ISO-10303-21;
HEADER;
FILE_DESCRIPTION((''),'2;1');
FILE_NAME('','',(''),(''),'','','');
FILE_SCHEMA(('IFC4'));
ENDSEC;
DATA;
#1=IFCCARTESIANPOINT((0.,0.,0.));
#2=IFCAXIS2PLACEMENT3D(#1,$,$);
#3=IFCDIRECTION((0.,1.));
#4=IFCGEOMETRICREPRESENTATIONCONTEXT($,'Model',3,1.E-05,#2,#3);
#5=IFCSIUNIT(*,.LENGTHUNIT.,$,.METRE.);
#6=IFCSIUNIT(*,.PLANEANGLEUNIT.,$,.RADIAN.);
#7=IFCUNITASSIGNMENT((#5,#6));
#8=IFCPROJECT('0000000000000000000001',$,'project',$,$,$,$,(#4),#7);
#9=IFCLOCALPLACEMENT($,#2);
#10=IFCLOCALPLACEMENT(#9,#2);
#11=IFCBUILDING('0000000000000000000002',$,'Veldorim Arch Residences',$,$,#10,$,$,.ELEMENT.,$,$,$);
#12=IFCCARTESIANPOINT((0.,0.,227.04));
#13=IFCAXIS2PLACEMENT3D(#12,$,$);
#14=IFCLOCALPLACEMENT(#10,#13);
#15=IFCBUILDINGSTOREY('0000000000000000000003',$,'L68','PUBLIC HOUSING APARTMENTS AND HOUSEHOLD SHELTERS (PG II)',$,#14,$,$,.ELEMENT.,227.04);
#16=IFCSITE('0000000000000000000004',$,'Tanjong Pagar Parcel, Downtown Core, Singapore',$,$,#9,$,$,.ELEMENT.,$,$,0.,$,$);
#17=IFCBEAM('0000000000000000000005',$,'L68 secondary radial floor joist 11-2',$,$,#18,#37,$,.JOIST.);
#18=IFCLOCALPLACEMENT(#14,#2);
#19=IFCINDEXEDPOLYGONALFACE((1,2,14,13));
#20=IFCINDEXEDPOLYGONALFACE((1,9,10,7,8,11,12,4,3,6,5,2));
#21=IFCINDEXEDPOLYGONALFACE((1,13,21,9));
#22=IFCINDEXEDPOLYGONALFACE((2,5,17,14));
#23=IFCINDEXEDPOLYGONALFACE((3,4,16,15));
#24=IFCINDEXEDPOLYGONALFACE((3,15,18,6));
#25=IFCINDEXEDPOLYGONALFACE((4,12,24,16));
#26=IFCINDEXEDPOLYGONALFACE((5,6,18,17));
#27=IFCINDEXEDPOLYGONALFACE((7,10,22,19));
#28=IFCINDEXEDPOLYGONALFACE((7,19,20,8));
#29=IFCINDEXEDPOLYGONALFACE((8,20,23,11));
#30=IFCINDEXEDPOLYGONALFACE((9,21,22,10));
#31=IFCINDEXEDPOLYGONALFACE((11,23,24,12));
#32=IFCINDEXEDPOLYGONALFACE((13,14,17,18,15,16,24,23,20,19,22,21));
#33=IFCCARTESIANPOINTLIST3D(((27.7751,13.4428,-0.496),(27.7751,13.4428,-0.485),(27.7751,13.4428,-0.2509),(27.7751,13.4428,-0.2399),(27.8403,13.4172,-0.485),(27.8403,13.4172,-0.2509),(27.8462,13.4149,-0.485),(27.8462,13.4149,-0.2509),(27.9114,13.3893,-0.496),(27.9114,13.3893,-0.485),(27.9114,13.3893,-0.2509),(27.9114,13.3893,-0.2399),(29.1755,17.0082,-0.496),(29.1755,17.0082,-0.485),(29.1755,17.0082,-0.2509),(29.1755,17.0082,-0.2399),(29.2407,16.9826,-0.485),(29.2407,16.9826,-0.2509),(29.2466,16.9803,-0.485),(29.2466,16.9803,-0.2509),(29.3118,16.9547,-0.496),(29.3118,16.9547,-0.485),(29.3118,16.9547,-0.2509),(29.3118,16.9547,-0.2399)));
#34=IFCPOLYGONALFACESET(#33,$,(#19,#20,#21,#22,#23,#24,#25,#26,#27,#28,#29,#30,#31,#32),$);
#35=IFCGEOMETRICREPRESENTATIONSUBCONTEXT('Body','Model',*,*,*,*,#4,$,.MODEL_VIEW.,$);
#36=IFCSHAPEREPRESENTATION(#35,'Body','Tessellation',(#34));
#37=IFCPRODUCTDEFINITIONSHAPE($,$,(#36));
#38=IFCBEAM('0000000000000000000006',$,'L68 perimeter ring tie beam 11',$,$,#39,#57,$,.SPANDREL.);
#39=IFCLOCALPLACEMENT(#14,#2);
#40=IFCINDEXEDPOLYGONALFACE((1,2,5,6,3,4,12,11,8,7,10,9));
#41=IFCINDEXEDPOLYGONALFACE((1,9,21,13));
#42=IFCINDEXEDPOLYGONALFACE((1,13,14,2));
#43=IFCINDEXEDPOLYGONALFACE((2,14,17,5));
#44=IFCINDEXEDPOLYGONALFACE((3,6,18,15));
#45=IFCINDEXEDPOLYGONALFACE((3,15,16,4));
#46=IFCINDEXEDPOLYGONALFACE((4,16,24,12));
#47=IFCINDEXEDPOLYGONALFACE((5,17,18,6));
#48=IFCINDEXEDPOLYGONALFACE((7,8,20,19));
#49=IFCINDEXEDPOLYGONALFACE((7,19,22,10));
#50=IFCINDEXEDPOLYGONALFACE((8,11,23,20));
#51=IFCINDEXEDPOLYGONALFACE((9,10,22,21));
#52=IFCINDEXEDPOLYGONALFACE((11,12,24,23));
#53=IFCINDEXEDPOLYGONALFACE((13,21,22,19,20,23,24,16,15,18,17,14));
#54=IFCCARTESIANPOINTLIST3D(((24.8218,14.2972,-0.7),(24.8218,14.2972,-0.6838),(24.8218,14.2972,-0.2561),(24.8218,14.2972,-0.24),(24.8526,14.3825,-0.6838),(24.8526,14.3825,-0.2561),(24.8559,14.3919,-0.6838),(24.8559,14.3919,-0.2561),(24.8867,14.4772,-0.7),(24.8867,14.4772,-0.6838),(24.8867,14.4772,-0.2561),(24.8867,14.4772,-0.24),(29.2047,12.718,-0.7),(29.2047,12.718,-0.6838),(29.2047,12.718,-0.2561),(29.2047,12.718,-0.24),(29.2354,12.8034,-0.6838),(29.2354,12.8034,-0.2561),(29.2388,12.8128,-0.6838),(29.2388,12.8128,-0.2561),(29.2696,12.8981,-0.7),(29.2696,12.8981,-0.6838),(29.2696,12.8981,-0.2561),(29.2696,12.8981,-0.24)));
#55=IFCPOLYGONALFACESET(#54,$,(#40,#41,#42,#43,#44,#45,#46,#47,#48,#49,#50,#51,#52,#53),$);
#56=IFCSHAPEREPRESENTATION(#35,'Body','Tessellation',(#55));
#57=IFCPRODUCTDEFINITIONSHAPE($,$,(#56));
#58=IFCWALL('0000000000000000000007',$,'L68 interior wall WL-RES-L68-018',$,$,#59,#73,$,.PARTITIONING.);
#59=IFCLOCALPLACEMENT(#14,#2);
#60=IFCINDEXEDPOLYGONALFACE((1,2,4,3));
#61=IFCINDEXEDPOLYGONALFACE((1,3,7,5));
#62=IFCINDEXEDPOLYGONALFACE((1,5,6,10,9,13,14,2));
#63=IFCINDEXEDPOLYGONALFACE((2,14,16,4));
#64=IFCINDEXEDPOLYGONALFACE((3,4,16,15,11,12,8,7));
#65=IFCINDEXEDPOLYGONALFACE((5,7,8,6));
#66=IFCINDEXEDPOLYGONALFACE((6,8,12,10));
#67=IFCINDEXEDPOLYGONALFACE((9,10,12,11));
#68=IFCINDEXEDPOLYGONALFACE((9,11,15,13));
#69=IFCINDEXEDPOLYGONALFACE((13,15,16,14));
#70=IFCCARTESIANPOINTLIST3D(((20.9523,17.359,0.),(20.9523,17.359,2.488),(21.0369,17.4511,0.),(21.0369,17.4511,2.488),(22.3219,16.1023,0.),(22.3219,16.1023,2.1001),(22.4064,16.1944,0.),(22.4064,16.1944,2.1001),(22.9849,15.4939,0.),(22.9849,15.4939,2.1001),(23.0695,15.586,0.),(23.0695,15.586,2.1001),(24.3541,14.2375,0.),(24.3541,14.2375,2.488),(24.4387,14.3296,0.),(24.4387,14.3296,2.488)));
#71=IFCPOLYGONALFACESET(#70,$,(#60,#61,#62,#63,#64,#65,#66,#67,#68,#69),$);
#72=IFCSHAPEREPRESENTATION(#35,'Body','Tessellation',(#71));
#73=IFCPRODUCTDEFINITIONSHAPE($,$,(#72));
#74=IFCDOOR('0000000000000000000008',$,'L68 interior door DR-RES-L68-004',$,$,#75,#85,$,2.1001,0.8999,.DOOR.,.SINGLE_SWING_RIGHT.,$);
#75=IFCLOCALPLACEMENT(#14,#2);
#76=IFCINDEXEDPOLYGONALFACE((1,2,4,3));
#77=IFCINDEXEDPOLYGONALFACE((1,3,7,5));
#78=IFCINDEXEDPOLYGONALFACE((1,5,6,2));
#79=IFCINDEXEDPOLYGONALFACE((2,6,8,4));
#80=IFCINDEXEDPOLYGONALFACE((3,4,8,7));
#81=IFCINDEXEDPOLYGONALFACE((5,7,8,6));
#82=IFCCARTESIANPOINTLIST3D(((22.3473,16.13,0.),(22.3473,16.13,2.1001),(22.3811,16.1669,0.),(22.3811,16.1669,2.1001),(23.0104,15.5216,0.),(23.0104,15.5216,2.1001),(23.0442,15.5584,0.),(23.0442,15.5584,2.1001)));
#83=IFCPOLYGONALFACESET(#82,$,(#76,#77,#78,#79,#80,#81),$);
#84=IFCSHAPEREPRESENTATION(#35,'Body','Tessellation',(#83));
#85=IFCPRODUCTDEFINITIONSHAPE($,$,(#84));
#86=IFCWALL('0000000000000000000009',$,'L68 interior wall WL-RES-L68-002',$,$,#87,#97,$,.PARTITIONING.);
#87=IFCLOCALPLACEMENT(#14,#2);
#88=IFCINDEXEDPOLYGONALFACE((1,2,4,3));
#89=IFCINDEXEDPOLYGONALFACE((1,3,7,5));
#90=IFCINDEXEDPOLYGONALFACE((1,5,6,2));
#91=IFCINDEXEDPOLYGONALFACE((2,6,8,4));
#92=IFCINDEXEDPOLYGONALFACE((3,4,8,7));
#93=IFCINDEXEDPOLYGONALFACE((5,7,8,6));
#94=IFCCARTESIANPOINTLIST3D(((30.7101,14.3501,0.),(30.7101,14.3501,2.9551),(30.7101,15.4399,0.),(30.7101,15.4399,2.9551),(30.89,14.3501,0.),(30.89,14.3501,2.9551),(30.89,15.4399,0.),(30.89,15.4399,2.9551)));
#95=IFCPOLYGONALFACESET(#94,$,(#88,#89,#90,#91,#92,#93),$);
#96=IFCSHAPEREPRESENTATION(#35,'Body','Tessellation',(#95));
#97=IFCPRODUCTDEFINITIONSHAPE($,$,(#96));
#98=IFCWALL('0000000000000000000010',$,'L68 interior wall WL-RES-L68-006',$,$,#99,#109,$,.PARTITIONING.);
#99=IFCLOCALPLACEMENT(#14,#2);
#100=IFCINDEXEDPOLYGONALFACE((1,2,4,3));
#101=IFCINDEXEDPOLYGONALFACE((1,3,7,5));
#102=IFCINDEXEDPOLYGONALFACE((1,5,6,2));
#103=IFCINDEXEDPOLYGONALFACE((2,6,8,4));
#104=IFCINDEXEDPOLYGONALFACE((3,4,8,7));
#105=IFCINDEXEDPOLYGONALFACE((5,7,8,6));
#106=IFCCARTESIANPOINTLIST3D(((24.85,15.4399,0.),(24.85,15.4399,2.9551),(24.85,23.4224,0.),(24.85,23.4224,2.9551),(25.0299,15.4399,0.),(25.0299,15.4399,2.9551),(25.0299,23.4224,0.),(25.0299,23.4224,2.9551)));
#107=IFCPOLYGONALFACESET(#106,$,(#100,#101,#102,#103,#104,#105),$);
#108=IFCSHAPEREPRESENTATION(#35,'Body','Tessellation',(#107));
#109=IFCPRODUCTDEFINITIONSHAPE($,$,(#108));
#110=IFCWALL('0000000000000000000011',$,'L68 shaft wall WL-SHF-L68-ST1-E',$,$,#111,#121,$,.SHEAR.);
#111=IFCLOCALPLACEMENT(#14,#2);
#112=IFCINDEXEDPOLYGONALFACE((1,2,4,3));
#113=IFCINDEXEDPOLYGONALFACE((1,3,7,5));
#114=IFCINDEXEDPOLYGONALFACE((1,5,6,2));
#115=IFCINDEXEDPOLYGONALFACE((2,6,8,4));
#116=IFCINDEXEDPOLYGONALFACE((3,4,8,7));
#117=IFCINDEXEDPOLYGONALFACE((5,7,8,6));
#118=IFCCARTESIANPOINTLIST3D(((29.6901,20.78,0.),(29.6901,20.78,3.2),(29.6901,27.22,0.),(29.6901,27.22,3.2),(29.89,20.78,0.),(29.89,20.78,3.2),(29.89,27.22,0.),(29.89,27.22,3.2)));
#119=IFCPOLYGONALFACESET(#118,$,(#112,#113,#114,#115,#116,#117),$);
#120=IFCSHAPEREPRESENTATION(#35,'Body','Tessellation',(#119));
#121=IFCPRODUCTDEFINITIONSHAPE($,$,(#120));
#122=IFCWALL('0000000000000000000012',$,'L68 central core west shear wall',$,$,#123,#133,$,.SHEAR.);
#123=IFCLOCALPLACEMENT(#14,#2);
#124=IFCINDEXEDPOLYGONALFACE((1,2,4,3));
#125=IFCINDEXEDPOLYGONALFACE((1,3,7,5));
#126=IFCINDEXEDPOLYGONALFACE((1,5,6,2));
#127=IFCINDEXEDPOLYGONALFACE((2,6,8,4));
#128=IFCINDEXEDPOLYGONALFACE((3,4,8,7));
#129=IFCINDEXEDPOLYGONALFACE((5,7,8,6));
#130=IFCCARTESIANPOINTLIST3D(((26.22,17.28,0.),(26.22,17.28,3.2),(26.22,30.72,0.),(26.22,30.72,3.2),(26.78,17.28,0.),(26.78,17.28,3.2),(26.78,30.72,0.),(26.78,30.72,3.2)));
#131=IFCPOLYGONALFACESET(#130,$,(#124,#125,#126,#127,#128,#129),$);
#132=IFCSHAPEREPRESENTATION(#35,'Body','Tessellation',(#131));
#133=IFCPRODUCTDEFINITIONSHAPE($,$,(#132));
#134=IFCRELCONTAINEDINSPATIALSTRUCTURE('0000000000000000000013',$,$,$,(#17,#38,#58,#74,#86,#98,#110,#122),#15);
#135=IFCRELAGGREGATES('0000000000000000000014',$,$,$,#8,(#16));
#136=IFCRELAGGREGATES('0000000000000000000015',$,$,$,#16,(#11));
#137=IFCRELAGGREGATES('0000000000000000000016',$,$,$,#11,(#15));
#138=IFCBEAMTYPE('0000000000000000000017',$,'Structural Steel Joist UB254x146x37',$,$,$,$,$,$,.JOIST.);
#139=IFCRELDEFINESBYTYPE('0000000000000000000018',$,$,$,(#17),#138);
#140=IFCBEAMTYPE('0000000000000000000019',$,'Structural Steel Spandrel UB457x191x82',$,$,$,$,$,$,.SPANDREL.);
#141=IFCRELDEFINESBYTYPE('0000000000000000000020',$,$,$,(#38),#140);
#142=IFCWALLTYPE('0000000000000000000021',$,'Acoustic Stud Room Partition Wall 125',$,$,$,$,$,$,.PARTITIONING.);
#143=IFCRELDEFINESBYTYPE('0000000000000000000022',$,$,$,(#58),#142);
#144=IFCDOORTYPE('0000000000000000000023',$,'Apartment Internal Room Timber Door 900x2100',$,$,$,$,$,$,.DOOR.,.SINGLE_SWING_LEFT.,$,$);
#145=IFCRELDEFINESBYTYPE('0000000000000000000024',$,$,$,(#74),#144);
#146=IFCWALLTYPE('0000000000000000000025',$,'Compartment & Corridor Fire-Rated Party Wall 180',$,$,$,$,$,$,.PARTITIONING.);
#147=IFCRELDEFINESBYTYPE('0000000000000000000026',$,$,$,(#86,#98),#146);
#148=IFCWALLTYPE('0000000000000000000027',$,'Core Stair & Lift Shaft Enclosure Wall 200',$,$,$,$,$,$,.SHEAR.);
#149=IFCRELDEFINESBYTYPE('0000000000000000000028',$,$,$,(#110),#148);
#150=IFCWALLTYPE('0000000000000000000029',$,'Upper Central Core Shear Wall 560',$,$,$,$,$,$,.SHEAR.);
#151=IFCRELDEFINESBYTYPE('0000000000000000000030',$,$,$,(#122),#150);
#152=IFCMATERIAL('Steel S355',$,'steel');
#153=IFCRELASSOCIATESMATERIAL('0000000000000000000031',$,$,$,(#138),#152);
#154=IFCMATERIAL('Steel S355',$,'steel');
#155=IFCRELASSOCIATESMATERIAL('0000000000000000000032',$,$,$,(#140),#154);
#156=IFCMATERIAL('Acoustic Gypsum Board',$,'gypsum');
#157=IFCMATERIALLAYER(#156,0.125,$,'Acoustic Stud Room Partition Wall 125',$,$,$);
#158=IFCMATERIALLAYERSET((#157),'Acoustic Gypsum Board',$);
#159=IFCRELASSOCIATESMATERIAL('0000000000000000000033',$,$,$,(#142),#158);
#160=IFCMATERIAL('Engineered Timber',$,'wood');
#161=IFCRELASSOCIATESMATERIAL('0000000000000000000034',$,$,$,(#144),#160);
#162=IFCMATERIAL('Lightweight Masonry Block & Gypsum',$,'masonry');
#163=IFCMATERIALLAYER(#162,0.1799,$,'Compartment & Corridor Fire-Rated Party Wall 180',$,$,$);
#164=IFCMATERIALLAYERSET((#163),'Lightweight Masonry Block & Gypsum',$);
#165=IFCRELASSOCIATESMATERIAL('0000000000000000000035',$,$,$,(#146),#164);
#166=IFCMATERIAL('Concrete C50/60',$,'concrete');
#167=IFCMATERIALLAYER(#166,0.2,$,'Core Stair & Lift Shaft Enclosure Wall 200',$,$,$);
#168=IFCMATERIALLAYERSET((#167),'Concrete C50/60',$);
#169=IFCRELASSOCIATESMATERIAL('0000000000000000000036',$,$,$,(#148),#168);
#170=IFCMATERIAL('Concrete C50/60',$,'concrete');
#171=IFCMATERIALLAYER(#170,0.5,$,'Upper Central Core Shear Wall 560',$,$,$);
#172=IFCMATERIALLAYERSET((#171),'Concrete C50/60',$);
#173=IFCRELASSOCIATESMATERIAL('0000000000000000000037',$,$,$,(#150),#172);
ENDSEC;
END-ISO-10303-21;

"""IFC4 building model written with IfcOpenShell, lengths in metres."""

from ifc_helpers import new_model, si_unit, direction, frame, frame_2d, origin, origin_2d, place, context, subcontext, project, spatial, rectangle, i_section, extrude, material, layer, layer_set, material_profile, profile_set, type_object, element, fill, save


model = new_model("IFC4")

# Units and contexts
model_context = context("Model", 3, precision=1e-05, world=origin(), true_north=direction((0.0, 1.0)))
body_context = subcontext(model_context, "Body", "Model", "MODEL_VIEW")
ifc_project = project(units=[si_unit("LENGTHUNIT", "METRE"), si_unit("PLANEANGLEUNIT", "RADIAN")], contexts=[model_context])

# Site, building, storey
site_placement = place(None, origin())
site = spatial("IfcSite", under=ifc_project, at=site_placement, Name="Tanjong Pagar Parcel, Downtown Core, Singapore", CompositionType="ELEMENT", RefElevation=0.0)
building_placement = place(site_placement, origin())
building = spatial("IfcBuilding", under=site, at=building_placement, Name="Veldorim Arch Residences", CompositionType="ELEMENT")
storey_placement = place(building_placement, frame((0.0, 0.0, 227.04)))
storey = spatial("IfcBuildingStorey", under=building, at=storey_placement, Name="L68", Description="PUBLIC HOUSING APARTMENTS AND HOUSEHOLD SHELTERS (PG II)", CompositionType="ELEMENT", Elevation=227.04)

# Beams
ifc_material_1 = material(Name="Steel S355", Category="steel")
ifc_material_profile_1 = material_profile(ifc_material_1, i_section(OverallWidth=0.1465, OverallDepth=0.2561, WebThickness=0.0063, FlangeThickness=0.011, at=origin_2d()), Name="UB254x146x37")
ifc_profile_set_1 = profile_set([ifc_material_profile_1], Name="Steel S355")
beam_type_1 = type_object("IfcBeamType", Name="Structural Steel Joist UB254x146x37", PredefinedType="JOIST", material=ifc_profile_set_1)
beam_1_placement = place(storey_placement, frame((29.2437, 16.9814, -0.3679), z_axis=(-0.365581, -0.930779, 0.0), x_axis=(0.930779, -0.365581, 0.0)))
element("IfcBeam", 1, at=beam_1_placement, inside=storey, type_object=beam_type_1, Name="L68 secondary radial floor joist 11-2", PredefinedType="JOIST", context=body_context, shape_type="SweptSolid", body=[
    extrude(i_section(OverallWidth=0.1465, OverallDepth=0.2561, WebThickness=0.0063, FlangeThickness=0.011, at=origin_2d()), origin(), (0.0, 0.0, 1.0), 3.8306),
])
ifc_material_2 = material(Name="Steel S355", Category="steel")
ifc_material_profile_2 = material_profile(ifc_material_2, i_section(OverallWidth=0.1914, OverallDepth=0.46, WebThickness=0.01, FlangeThickness=0.0161, at=origin_2d()), Name="UB457x191x82")
ifc_profile_set_2 = profile_set([ifc_material_profile_2], Name="Steel S355")
beam_type_2 = type_object("IfcBeamType", Name="Structural Steel Spandrel UB457x191x82", PredefinedType="SPANDREL", material=ifc_profile_set_2)
beam_2_placement = place(storey_placement, frame((24.8542, 14.3872, -0.47), z_axis=(0.940799, -0.338964, 0.0), x_axis=(0.338964, 0.940799, 0.0)))
element("IfcBeam", 2, at=beam_2_placement, inside=storey, type_object=beam_type_2, Name="L68 perimeter ring tie beam 11", PredefinedType="SPANDREL", context=body_context, shape_type="SweptSolid", body=[
    extrude(i_section(OverallWidth=0.1914, OverallDepth=0.46, WebThickness=0.01, FlangeThickness=0.0161, at=origin_2d()), origin(), (0.0, 0.0, 1.0), 4.6587),
])

# Wall, opening, door
ifc_material_3 = material(Name="Acoustic Gypsum Board", Category="gypsum")
ifc_layer_1 = layer(ifc_material_3, 0.125, Name="Acoustic Stud Room Partition Wall 125")
ifc_layer_set_1 = layer_set([ifc_layer_1], Name="Acoustic Gypsum Board")
wall_type_1 = type_object("IfcWallType", Name="Acoustic Stud Room Partition Wall 125", PredefinedType="PARTITIONING", material=ifc_layer_set_1)
wall_1_placement = place(storey_placement, frame((24.3965, 14.2834, 0.0), z_axis=(0.0, 0.0, 1.0), x_axis=(-0.736807, 0.676103, 0.0)))
wall_1 = element("IfcWall", 3, at=wall_1_placement, inside=storey, type_object=wall_type_1, Name="L68 interior wall WL-RES-L68-018", PredefinedType="PARTITIONING", context=body_context, shape_type="SweptSolid", body=[
    extrude(rectangle(XDim=4.6169, YDim=0.125, at=frame_2d((2.3086, 0.0))), origin(), (0.0, 0.0, 1.0), 2.488),
])
opening_1_placement = place(wall_1_placement, frame((1.8584, 0.0, 0.0)))
opening_1 = element("IfcOpeningElement", 4, at=opening_1_placement, cuts=wall_1, PredefinedType="OPENING", context=body_context, shape_type="SweptSolid", body=[
    extrude(rectangle(XDim=0.8999, YDim=2.1001, at=frame_2d((0.45, 1.05))), frame((0.0, 0.0725, 0.0), z_axis=(0.0, -1.0, 0.0), x_axis=(1.0, 0.0, 0.0)), (0.0, 0.0, 1.0), 0.145),
])
ifc_material_4 = material(Name="Engineered Timber", Category="wood")
door_type_1 = type_object("IfcDoorType", Name="Apartment Internal Room Timber Door 900x2100", OperationType="SINGLE_SWING_LEFT", PredefinedType="DOOR", material=ifc_material_4)
door_1_placement = place(opening_1_placement, origin())
door_1 = element("IfcDoor", 5, at=door_1_placement, inside=storey, type_object=door_type_1, Name="L68 interior door DR-RES-L68-004", OperationType="SINGLE_SWING_RIGHT", OverallHeight=2.1001, OverallWidth=0.8999, PredefinedType="DOOR", context=body_context, shape_type="SweptSolid", body=[
    extrude(rectangle(XDim=0.8999, YDim=2.1001, at=frame_2d((0.45, 1.05))), frame((0.0, 0.0249, 0.0), z_axis=(0.0, -1.0, 0.0), x_axis=(1.0, 0.0, 0.0)), (0.0, 0.0, 1.0), 0.05),
])
fill(opening_1, door_1)

# Wall
ifc_material_5 = material(Name="Lightweight Masonry Block & Gypsum", Category="masonry")
ifc_layer_2 = layer(ifc_material_5, 0.1799, Name="Compartment & Corridor Fire-Rated Party Wall 180")
ifc_layer_set_2 = layer_set([ifc_layer_2], Name="Lightweight Masonry Block & Gypsum")
wall_type_2 = type_object("IfcWallType", Name="Compartment & Corridor Fire-Rated Party Wall 180", PredefinedType="PARTITIONING", material=ifc_layer_set_2)
wall_2_placement = place(storey_placement, frame((30.8, 14.3501, 0.0), z_axis=(0.0, 0.0, 1.0), x_axis=(0.0, 1.0, 0.0)))
element("IfcWall", 6, at=wall_2_placement, inside=storey, type_object=wall_type_2, Name="L68 interior wall WL-RES-L68-002", PredefinedType="PARTITIONING", context=body_context, shape_type="SweptSolid", body=[
    extrude(rectangle(XDim=1.0898, YDim=0.1799, at=frame_2d((0.5449, 0.0))), origin(), (0.0, 0.0, 1.0), 2.9551),
])

# Walls
wall_3_placement = place(storey_placement, frame((24.9399, 15.4399, 0.0), z_axis=(0.0, 0.0, 1.0), x_axis=(0.0, 1.0, 0.0)))
element("IfcWall", 7, at=wall_3_placement, inside=storey, type_object=wall_type_2, Name="L68 interior wall WL-RES-L68-006", PredefinedType="PARTITIONING", context=body_context, shape_type="SweptSolid", body=[
    extrude(rectangle(XDim=7.9824, YDim=0.1799, at=frame_2d((3.9912, 0.0))), origin(), (0.0, 0.0, 1.0), 2.9551),
])
ifc_material_6 = material(Name="Concrete C50/60", Category="concrete")
ifc_layer_3 = layer(ifc_material_6, 0.2, Name="Core Stair & Lift Shaft Enclosure Wall 200")
ifc_layer_set_3 = layer_set([ifc_layer_3], Name="Concrete C50/60")
wall_type_3 = type_object("IfcWallType", Name="Core Stair & Lift Shaft Enclosure Wall 200", PredefinedType="SHEAR", material=ifc_layer_set_3)
wall_4_placement = place(storey_placement, frame((29.79, 20.78, 0.0), z_axis=(0.0, 0.0, 1.0), x_axis=(0.0, 1.0, 0.0)))
element("IfcWall", 8, at=wall_4_placement, inside=storey, type_object=wall_type_3, Name="L68 shaft wall WL-SHF-L68-ST1-E", PredefinedType="SHEAR", context=body_context, shape_type="SweptSolid", body=[
    extrude(rectangle(XDim=6.4399, YDim=0.2, at=frame_2d((3.22, 0.0))), origin(), (0.0, 0.0, 1.0), 3.2),
])

# Shared definitions
ifc_material_7 = material(Name="Concrete C50/60", Category="concrete")
ifc_layer_4 = layer(ifc_material_7, 0.5, Name="Upper Central Core Shear Wall 560")
ifc_layer_set_4 = layer_set([ifc_layer_4], Name="Concrete C50/60")
wall_type_4 = type_object("IfcWallType", Name="Upper Central Core Shear Wall 560", PredefinedType="SHEAR", material=ifc_layer_set_4)

# Wall
wall_5_placement = place(storey_placement, frame((26.5, 17.28, 0.0), z_axis=(0.0, 0.0, 1.0), x_axis=(0.0, 1.0, 0.0)))
element("IfcWall", 9, at=wall_5_placement, inside=storey, type_object=wall_type_4, Name="L68 central core west shear wall", PredefinedType="SHEAR", context=body_context, shape_type="SweptSolid", body=[
    extrude(rectangle(XDim=13.4399, YDim=0.5601, at=frame_2d((6.72, 0.0))), origin(), (0.0, 0.0, 1.0), 3.2),
])

save(model, "model.ifc")
